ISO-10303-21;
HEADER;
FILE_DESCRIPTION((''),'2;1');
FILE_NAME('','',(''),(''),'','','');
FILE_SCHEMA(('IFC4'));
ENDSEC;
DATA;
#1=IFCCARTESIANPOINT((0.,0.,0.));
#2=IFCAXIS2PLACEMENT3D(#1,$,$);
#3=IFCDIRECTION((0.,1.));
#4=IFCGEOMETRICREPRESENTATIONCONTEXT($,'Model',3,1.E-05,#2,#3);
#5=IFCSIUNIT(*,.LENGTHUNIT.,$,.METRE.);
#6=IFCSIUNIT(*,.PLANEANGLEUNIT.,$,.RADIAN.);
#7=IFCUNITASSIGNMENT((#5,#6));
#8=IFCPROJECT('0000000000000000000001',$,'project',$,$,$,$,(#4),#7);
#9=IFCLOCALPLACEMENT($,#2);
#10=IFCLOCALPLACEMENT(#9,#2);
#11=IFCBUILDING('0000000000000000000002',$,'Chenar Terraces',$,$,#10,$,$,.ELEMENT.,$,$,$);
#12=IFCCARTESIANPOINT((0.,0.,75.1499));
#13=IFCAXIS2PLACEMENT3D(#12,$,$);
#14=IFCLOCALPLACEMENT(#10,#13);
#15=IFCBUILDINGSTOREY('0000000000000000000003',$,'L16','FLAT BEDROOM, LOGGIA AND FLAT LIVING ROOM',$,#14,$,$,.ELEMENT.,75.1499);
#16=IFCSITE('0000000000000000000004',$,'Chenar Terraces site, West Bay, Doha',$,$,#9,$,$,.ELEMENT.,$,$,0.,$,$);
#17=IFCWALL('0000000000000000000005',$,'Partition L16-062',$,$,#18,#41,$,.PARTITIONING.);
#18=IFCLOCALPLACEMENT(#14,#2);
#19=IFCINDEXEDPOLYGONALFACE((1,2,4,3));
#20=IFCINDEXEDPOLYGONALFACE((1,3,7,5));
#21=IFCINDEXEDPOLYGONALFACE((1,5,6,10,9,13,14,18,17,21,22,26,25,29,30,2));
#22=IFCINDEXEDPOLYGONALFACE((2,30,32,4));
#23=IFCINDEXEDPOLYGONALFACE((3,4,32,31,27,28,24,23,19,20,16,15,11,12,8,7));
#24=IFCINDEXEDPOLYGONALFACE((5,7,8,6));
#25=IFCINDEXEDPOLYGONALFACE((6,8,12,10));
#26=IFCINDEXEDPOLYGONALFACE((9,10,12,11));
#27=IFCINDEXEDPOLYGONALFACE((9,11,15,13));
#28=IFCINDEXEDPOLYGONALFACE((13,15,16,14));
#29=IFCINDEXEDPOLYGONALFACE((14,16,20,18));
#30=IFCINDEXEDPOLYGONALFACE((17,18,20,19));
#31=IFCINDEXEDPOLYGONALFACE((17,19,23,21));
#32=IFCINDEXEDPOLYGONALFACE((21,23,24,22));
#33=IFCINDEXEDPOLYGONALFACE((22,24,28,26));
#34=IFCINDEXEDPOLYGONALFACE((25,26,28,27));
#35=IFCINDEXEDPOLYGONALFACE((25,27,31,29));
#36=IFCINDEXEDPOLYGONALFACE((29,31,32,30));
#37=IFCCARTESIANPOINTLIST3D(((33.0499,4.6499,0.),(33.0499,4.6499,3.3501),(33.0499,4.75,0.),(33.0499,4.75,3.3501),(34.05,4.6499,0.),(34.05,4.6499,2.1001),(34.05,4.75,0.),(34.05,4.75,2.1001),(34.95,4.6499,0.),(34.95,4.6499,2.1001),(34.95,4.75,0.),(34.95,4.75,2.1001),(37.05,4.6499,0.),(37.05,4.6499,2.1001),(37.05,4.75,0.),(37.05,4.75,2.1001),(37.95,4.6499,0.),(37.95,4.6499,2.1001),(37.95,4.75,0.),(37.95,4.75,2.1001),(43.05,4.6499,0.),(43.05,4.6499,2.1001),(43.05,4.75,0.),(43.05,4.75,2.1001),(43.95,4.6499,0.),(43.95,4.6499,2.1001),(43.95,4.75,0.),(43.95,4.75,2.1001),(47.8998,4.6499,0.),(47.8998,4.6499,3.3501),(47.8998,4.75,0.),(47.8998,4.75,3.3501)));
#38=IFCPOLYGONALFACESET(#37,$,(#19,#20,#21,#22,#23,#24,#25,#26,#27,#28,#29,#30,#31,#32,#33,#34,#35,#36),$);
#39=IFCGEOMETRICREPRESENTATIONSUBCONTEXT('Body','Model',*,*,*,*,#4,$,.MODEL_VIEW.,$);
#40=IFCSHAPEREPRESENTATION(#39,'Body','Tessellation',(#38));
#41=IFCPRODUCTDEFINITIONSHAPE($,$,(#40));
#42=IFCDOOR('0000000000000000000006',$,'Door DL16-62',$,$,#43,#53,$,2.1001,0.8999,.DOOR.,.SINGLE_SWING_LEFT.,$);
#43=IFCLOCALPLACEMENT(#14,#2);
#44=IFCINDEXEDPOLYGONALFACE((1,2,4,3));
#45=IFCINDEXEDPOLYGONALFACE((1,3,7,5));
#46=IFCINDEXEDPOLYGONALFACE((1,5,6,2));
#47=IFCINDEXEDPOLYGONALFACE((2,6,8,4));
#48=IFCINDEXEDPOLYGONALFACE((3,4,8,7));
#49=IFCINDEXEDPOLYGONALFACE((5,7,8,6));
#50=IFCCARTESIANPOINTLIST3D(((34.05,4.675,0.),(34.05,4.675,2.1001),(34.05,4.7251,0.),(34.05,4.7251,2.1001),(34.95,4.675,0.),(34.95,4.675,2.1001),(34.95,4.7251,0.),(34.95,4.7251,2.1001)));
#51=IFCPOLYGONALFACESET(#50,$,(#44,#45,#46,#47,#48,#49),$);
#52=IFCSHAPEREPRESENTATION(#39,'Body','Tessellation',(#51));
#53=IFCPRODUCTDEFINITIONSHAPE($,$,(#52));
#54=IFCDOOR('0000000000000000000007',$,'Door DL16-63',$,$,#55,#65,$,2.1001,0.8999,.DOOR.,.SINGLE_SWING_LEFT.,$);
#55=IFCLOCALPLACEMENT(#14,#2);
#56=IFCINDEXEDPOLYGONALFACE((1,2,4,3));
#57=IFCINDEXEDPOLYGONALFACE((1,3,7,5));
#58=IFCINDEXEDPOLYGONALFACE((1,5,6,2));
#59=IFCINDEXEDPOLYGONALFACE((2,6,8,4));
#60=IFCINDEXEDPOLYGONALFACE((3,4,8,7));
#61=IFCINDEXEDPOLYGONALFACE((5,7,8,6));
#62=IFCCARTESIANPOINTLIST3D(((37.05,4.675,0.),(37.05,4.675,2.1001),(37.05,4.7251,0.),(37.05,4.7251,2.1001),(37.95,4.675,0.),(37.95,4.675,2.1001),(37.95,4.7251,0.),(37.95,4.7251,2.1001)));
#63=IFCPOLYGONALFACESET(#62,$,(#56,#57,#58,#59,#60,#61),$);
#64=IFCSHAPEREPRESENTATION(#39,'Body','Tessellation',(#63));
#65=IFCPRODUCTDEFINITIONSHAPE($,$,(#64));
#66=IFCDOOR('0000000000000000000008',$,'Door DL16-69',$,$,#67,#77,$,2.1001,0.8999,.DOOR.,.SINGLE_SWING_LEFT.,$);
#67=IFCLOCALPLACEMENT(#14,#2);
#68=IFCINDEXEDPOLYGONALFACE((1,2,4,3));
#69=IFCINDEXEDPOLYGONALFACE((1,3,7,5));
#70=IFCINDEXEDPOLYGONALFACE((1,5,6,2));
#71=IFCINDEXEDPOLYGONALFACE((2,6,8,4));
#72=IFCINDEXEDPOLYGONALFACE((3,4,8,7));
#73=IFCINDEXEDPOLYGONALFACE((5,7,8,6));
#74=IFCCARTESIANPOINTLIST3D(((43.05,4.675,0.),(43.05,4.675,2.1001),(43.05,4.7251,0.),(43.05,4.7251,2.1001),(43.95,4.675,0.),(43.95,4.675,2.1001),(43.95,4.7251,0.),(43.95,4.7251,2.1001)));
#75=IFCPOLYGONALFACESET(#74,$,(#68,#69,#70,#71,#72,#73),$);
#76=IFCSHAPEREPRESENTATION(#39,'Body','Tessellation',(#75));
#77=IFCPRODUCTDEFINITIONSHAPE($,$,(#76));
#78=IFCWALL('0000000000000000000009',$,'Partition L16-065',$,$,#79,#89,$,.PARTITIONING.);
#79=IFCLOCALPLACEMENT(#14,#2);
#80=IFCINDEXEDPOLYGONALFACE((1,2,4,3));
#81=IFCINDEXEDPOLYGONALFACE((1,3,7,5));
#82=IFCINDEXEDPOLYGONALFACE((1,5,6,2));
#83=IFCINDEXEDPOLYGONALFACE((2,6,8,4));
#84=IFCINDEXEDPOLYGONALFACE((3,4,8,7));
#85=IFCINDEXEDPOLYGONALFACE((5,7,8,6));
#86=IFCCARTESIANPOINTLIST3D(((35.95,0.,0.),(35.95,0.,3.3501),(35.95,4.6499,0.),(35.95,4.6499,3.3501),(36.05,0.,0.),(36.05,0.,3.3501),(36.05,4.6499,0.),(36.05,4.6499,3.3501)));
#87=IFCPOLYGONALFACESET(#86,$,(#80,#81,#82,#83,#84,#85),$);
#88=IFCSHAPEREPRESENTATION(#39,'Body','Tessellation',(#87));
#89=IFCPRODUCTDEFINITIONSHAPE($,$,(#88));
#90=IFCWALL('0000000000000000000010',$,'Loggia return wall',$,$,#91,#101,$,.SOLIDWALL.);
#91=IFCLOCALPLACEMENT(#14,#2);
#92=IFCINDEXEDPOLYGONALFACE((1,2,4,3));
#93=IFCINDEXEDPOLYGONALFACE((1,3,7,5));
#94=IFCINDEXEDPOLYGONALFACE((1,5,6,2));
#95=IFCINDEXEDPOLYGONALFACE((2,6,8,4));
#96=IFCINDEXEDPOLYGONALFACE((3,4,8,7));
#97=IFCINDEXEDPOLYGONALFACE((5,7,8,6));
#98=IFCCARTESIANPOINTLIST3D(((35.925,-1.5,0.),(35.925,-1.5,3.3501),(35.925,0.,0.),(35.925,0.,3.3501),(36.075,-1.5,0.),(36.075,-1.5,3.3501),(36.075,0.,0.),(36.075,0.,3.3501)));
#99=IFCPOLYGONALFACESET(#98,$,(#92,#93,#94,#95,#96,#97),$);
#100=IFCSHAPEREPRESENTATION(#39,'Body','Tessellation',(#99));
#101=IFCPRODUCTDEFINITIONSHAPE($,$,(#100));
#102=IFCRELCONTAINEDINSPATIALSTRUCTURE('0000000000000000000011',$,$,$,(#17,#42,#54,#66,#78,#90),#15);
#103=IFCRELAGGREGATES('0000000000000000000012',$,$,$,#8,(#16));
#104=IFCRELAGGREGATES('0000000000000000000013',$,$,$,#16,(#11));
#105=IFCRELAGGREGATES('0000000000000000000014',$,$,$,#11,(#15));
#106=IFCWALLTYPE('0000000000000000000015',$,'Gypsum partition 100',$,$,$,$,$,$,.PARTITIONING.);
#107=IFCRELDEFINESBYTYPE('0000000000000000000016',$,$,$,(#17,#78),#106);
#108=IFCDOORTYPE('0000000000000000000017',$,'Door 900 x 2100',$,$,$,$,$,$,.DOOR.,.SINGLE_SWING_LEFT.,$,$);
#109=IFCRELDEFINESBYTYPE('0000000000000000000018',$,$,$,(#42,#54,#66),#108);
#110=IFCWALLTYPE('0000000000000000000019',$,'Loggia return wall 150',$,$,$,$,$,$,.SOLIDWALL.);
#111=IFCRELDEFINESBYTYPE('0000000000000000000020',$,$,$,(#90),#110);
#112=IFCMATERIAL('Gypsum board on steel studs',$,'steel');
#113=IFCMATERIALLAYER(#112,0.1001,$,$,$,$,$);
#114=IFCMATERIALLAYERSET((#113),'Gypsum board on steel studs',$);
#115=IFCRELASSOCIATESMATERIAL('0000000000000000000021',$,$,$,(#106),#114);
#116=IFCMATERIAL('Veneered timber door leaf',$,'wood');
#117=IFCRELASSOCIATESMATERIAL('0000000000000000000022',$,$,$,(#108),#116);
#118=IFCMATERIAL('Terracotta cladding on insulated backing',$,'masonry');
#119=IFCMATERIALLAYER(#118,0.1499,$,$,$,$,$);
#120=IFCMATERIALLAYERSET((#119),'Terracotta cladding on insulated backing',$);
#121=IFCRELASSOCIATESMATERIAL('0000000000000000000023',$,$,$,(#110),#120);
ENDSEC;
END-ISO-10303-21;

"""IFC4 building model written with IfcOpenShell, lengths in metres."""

from ifc_helpers import new_model, si_unit, direction, frame, frame_2d, origin, place, context, subcontext, project, spatial, rectangle, extrude, material, layer, layer_set, type_object, element, fill, save


model = new_model("IFC4")

# Units and contexts
model_context = context("Model", 3, precision=1e-05, world=origin(), true_north=direction((0.0, 1.0)))
body_context = subcontext(model_context, "Body", "Model", "MODEL_VIEW")
ifc_project = project(units=[si_unit("LENGTHUNIT", "METRE"), si_unit("PLANEANGLEUNIT", "RADIAN")], contexts=[model_context])

# Site, building, storey
site_placement = place(None, origin())
site = spatial("IfcSite", under=ifc_project, at=site_placement, Name="Chenar Terraces site, West Bay, Doha", CompositionType="ELEMENT", RefElevation=0.0)
building_placement = place(site_placement, origin())
building = spatial("IfcBuilding", under=site, at=building_placement, Name="Chenar Terraces", CompositionType="ELEMENT")
storey_placement = place(building_placement, frame((0.0, 0.0, 75.1499)))
storey = spatial("IfcBuildingStorey", under=building, at=storey_placement, Name="L16", Description="FLAT BEDROOM, LOGGIA AND FLAT LIVING ROOM", CompositionType="ELEMENT", Elevation=75.1499)

# Shared definitions
ifc_material_1 = material(Name="Gypsum board on steel studs", Category="steel")
ifc_layer_1 = layer(ifc_material_1, 0.1001)
ifc_layer_set_1 = layer_set([ifc_layer_1], Name="Gypsum board on steel studs")
wall_type_1 = type_object("IfcWallType", Name="Gypsum partition 100", PredefinedType="PARTITIONING", material=ifc_layer_set_1)

# Shared definitions
ifc_material_2 = material(Name="Veneered timber door leaf", Category="wood")
door_type_1 = type_object("IfcDoorType", Name="Door 900 x 2100", OperationType="SINGLE_SWING_LEFT", PredefinedType="DOOR", material=ifc_material_2)

# Wall, openings, doors
wall_1_placement = place(storey_placement, frame((33.05, 4.7, 0.0), z_axis=(0.0, 0.0, 1.0), x_axis=(1.0, 0.0, 0.0)))
wall_1 = element("IfcWall", 1, at=wall_1_placement, inside=storey, type_object=wall_type_1, Name="Partition L16-062", PredefinedType="PARTITIONING", context=body_context, shape_type="SweptSolid", body=[
    extrude(rectangle(XDim=14.8499, YDim=0.1001, at=frame_2d((7.4248, 0.0))), origin(), (0.0, 0.0, 1.0), 3.3501),
])
opening_1_placement = place(wall_1_placement, frame((1.0, 0.0, 0.0)))
opening_1 = element("IfcOpeningElement", 2, at=opening_1_placement, cuts=wall_1, PredefinedType="OPENING", context=body_context, shape_type="SweptSolid", body=[
    extrude(rectangle(XDim=0.8999, YDim=2.1001, at=frame_2d((0.45, 1.05))), frame((0.0, 0.0601, 0.0), z_axis=(0.0, -1.0, 0.0), x_axis=(1.0, 0.0, 0.0)), (0.0, 0.0, 1.0), 0.1201),
])
opening_2_placement = place(wall_1_placement, frame((4.0, 0.0, 0.0)))
opening_2 = element("IfcOpeningElement", 3, at=opening_2_placement, cuts=wall_1, PredefinedType="OPENING", context=body_context, shape_type="SweptSolid", body=[
    extrude(rectangle(XDim=0.8999, YDim=2.1001, at=frame_2d((0.45, 1.05))), frame((0.0, 0.0601, 0.0), z_axis=(0.0, -1.0, 0.0), x_axis=(1.0, 0.0, 0.0)), (0.0, 0.0, 1.0), 0.1201),
])
opening_3_placement = place(wall_1_placement, frame((10.0, 0.0, 0.0)))
opening_3 = element("IfcOpeningElement", 4, at=opening_3_placement, cuts=wall_1, PredefinedType="OPENING", context=body_context, shape_type="SweptSolid", body=[
    extrude(rectangle(XDim=0.8999, YDim=2.1001, at=frame_2d((0.45, 1.05))), frame((0.0, 0.0601, 0.0), z_axis=(0.0, -1.0, 0.0), x_axis=(1.0, 0.0, 0.0)), (0.0, 0.0, 1.0), 0.1201),
])
door_1_placement = place(opening_1_placement, frame((0.8999, 0.0, 0.0), z_axis=(0.0, 0.0, 1.0), x_axis=(-1.0, 0.0, 0.0)))
door_1 = element("IfcDoor", 5, at=door_1_placement, inside=storey, type_object=door_type_1, Name="Door DL16-62", OperationType="SINGLE_SWING_LEFT", OverallHeight=2.1001, OverallWidth=0.8999, PredefinedType="DOOR", context=body_context, shape_type="SweptSolid", body=[
    extrude(rectangle(XDim=0.8999, YDim=2.1001, at=frame_2d((0.45, 1.05))), frame((0.0, 0.0249, 0.0), z_axis=(0.0, -1.0, 0.0), x_axis=(1.0, 0.0, 0.0)), (0.0, 0.0, 1.0), 0.05),
])
fill(opening_1, door_1)
door_2_placement = place(opening_2_placement, frame((0.8999, 0.0, 0.0), z_axis=(0.0, 0.0, 1.0), x_axis=(-1.0, 0.0, 0.0)))
door_2 = element("IfcDoor", 6, at=door_2_placement, inside=storey, type_object=door_type_1, Name="Door DL16-63", OperationType="SINGLE_SWING_LEFT", OverallHeight=2.1001, OverallWidth=0.8999, PredefinedType="DOOR", context=body_context, shape_type="SweptSolid", body=[
    extrude(rectangle(XDim=0.8999, YDim=2.1001, at=frame_2d((0.45, 1.05))), frame((0.0, 0.0249, 0.0), z_axis=(0.0, -1.0, 0.0), x_axis=(1.0, 0.0, 0.0)), (0.0, 0.0, 1.0), 0.05),
])
fill(opening_2, door_2)
door_3_placement = place(opening_3_placement, frame((0.8999, 0.0, 0.0), z_axis=(0.0, 0.0, 1.0), x_axis=(-1.0, 0.0, 0.0)))
door_3 = element("IfcDoor", 7, at=door_3_placement, inside=storey, type_object=door_type_1, Name="Door DL16-69", OperationType="SINGLE_SWING_LEFT", OverallHeight=2.1001, OverallWidth=0.8999, PredefinedType="DOOR", context=body_context, shape_type="SweptSolid", body=[
    extrude(rectangle(XDim=0.8999, YDim=2.1001, at=frame_2d((0.45, 1.05))), frame((0.0, 0.0249, 0.0), z_axis=(0.0, -1.0, 0.0), x_axis=(1.0, 0.0, 0.0)), (0.0, 0.0, 1.0), 0.05),
])
fill(opening_3, door_3)

# Walls
wall_2_placement = place(storey_placement, frame((36.0, 0.0, 0.0), z_axis=(0.0, 0.0, 1.0), x_axis=(0.0, 1.0, 0.0)))
element("IfcWall", 8, at=wall_2_placement, inside=storey, type_object=wall_type_1, Name="Partition L16-065", PredefinedType="PARTITIONING", context=body_context, shape_type="SweptSolid", body=[
    extrude(rectangle(XDim=4.6499, YDim=0.1001, at=frame_2d((2.325, 0.0))), origin(), (0.0, 0.0, 1.0), 3.3501),
])
ifc_material_3 = material(Name="Terracotta cladding on insulated backing", Category="masonry")
ifc_layer_2 = layer(ifc_material_3, 0.1499)
ifc_layer_set_2 = layer_set([ifc_layer_2], Name="Terracotta cladding on insulated backing")
wall_type_2 = type_object("IfcWallType", Name="Loggia return wall 150", PredefinedType="SOLIDWALL", material=ifc_layer_set_2)
wall_3_placement = place(storey_placement, frame((36.0, -1.5, 0.0), z_axis=(0.0, 0.0, 1.0), x_axis=(0.0, 1.0, 0.0)))
element("IfcWall", 9, at=wall_3_placement, inside=storey, type_object=wall_type_2, Name="Loggia return wall", PredefinedType="SOLIDWALL", context=body_context, shape_type="SweptSolid", body=[
    extrude(rectangle(XDim=1.5, YDim=0.1499, at=frame_2d((0.75, 0.0))), origin(), (0.0, 0.0, 1.0), 3.3501),
])

save(model, "model.ifc")
